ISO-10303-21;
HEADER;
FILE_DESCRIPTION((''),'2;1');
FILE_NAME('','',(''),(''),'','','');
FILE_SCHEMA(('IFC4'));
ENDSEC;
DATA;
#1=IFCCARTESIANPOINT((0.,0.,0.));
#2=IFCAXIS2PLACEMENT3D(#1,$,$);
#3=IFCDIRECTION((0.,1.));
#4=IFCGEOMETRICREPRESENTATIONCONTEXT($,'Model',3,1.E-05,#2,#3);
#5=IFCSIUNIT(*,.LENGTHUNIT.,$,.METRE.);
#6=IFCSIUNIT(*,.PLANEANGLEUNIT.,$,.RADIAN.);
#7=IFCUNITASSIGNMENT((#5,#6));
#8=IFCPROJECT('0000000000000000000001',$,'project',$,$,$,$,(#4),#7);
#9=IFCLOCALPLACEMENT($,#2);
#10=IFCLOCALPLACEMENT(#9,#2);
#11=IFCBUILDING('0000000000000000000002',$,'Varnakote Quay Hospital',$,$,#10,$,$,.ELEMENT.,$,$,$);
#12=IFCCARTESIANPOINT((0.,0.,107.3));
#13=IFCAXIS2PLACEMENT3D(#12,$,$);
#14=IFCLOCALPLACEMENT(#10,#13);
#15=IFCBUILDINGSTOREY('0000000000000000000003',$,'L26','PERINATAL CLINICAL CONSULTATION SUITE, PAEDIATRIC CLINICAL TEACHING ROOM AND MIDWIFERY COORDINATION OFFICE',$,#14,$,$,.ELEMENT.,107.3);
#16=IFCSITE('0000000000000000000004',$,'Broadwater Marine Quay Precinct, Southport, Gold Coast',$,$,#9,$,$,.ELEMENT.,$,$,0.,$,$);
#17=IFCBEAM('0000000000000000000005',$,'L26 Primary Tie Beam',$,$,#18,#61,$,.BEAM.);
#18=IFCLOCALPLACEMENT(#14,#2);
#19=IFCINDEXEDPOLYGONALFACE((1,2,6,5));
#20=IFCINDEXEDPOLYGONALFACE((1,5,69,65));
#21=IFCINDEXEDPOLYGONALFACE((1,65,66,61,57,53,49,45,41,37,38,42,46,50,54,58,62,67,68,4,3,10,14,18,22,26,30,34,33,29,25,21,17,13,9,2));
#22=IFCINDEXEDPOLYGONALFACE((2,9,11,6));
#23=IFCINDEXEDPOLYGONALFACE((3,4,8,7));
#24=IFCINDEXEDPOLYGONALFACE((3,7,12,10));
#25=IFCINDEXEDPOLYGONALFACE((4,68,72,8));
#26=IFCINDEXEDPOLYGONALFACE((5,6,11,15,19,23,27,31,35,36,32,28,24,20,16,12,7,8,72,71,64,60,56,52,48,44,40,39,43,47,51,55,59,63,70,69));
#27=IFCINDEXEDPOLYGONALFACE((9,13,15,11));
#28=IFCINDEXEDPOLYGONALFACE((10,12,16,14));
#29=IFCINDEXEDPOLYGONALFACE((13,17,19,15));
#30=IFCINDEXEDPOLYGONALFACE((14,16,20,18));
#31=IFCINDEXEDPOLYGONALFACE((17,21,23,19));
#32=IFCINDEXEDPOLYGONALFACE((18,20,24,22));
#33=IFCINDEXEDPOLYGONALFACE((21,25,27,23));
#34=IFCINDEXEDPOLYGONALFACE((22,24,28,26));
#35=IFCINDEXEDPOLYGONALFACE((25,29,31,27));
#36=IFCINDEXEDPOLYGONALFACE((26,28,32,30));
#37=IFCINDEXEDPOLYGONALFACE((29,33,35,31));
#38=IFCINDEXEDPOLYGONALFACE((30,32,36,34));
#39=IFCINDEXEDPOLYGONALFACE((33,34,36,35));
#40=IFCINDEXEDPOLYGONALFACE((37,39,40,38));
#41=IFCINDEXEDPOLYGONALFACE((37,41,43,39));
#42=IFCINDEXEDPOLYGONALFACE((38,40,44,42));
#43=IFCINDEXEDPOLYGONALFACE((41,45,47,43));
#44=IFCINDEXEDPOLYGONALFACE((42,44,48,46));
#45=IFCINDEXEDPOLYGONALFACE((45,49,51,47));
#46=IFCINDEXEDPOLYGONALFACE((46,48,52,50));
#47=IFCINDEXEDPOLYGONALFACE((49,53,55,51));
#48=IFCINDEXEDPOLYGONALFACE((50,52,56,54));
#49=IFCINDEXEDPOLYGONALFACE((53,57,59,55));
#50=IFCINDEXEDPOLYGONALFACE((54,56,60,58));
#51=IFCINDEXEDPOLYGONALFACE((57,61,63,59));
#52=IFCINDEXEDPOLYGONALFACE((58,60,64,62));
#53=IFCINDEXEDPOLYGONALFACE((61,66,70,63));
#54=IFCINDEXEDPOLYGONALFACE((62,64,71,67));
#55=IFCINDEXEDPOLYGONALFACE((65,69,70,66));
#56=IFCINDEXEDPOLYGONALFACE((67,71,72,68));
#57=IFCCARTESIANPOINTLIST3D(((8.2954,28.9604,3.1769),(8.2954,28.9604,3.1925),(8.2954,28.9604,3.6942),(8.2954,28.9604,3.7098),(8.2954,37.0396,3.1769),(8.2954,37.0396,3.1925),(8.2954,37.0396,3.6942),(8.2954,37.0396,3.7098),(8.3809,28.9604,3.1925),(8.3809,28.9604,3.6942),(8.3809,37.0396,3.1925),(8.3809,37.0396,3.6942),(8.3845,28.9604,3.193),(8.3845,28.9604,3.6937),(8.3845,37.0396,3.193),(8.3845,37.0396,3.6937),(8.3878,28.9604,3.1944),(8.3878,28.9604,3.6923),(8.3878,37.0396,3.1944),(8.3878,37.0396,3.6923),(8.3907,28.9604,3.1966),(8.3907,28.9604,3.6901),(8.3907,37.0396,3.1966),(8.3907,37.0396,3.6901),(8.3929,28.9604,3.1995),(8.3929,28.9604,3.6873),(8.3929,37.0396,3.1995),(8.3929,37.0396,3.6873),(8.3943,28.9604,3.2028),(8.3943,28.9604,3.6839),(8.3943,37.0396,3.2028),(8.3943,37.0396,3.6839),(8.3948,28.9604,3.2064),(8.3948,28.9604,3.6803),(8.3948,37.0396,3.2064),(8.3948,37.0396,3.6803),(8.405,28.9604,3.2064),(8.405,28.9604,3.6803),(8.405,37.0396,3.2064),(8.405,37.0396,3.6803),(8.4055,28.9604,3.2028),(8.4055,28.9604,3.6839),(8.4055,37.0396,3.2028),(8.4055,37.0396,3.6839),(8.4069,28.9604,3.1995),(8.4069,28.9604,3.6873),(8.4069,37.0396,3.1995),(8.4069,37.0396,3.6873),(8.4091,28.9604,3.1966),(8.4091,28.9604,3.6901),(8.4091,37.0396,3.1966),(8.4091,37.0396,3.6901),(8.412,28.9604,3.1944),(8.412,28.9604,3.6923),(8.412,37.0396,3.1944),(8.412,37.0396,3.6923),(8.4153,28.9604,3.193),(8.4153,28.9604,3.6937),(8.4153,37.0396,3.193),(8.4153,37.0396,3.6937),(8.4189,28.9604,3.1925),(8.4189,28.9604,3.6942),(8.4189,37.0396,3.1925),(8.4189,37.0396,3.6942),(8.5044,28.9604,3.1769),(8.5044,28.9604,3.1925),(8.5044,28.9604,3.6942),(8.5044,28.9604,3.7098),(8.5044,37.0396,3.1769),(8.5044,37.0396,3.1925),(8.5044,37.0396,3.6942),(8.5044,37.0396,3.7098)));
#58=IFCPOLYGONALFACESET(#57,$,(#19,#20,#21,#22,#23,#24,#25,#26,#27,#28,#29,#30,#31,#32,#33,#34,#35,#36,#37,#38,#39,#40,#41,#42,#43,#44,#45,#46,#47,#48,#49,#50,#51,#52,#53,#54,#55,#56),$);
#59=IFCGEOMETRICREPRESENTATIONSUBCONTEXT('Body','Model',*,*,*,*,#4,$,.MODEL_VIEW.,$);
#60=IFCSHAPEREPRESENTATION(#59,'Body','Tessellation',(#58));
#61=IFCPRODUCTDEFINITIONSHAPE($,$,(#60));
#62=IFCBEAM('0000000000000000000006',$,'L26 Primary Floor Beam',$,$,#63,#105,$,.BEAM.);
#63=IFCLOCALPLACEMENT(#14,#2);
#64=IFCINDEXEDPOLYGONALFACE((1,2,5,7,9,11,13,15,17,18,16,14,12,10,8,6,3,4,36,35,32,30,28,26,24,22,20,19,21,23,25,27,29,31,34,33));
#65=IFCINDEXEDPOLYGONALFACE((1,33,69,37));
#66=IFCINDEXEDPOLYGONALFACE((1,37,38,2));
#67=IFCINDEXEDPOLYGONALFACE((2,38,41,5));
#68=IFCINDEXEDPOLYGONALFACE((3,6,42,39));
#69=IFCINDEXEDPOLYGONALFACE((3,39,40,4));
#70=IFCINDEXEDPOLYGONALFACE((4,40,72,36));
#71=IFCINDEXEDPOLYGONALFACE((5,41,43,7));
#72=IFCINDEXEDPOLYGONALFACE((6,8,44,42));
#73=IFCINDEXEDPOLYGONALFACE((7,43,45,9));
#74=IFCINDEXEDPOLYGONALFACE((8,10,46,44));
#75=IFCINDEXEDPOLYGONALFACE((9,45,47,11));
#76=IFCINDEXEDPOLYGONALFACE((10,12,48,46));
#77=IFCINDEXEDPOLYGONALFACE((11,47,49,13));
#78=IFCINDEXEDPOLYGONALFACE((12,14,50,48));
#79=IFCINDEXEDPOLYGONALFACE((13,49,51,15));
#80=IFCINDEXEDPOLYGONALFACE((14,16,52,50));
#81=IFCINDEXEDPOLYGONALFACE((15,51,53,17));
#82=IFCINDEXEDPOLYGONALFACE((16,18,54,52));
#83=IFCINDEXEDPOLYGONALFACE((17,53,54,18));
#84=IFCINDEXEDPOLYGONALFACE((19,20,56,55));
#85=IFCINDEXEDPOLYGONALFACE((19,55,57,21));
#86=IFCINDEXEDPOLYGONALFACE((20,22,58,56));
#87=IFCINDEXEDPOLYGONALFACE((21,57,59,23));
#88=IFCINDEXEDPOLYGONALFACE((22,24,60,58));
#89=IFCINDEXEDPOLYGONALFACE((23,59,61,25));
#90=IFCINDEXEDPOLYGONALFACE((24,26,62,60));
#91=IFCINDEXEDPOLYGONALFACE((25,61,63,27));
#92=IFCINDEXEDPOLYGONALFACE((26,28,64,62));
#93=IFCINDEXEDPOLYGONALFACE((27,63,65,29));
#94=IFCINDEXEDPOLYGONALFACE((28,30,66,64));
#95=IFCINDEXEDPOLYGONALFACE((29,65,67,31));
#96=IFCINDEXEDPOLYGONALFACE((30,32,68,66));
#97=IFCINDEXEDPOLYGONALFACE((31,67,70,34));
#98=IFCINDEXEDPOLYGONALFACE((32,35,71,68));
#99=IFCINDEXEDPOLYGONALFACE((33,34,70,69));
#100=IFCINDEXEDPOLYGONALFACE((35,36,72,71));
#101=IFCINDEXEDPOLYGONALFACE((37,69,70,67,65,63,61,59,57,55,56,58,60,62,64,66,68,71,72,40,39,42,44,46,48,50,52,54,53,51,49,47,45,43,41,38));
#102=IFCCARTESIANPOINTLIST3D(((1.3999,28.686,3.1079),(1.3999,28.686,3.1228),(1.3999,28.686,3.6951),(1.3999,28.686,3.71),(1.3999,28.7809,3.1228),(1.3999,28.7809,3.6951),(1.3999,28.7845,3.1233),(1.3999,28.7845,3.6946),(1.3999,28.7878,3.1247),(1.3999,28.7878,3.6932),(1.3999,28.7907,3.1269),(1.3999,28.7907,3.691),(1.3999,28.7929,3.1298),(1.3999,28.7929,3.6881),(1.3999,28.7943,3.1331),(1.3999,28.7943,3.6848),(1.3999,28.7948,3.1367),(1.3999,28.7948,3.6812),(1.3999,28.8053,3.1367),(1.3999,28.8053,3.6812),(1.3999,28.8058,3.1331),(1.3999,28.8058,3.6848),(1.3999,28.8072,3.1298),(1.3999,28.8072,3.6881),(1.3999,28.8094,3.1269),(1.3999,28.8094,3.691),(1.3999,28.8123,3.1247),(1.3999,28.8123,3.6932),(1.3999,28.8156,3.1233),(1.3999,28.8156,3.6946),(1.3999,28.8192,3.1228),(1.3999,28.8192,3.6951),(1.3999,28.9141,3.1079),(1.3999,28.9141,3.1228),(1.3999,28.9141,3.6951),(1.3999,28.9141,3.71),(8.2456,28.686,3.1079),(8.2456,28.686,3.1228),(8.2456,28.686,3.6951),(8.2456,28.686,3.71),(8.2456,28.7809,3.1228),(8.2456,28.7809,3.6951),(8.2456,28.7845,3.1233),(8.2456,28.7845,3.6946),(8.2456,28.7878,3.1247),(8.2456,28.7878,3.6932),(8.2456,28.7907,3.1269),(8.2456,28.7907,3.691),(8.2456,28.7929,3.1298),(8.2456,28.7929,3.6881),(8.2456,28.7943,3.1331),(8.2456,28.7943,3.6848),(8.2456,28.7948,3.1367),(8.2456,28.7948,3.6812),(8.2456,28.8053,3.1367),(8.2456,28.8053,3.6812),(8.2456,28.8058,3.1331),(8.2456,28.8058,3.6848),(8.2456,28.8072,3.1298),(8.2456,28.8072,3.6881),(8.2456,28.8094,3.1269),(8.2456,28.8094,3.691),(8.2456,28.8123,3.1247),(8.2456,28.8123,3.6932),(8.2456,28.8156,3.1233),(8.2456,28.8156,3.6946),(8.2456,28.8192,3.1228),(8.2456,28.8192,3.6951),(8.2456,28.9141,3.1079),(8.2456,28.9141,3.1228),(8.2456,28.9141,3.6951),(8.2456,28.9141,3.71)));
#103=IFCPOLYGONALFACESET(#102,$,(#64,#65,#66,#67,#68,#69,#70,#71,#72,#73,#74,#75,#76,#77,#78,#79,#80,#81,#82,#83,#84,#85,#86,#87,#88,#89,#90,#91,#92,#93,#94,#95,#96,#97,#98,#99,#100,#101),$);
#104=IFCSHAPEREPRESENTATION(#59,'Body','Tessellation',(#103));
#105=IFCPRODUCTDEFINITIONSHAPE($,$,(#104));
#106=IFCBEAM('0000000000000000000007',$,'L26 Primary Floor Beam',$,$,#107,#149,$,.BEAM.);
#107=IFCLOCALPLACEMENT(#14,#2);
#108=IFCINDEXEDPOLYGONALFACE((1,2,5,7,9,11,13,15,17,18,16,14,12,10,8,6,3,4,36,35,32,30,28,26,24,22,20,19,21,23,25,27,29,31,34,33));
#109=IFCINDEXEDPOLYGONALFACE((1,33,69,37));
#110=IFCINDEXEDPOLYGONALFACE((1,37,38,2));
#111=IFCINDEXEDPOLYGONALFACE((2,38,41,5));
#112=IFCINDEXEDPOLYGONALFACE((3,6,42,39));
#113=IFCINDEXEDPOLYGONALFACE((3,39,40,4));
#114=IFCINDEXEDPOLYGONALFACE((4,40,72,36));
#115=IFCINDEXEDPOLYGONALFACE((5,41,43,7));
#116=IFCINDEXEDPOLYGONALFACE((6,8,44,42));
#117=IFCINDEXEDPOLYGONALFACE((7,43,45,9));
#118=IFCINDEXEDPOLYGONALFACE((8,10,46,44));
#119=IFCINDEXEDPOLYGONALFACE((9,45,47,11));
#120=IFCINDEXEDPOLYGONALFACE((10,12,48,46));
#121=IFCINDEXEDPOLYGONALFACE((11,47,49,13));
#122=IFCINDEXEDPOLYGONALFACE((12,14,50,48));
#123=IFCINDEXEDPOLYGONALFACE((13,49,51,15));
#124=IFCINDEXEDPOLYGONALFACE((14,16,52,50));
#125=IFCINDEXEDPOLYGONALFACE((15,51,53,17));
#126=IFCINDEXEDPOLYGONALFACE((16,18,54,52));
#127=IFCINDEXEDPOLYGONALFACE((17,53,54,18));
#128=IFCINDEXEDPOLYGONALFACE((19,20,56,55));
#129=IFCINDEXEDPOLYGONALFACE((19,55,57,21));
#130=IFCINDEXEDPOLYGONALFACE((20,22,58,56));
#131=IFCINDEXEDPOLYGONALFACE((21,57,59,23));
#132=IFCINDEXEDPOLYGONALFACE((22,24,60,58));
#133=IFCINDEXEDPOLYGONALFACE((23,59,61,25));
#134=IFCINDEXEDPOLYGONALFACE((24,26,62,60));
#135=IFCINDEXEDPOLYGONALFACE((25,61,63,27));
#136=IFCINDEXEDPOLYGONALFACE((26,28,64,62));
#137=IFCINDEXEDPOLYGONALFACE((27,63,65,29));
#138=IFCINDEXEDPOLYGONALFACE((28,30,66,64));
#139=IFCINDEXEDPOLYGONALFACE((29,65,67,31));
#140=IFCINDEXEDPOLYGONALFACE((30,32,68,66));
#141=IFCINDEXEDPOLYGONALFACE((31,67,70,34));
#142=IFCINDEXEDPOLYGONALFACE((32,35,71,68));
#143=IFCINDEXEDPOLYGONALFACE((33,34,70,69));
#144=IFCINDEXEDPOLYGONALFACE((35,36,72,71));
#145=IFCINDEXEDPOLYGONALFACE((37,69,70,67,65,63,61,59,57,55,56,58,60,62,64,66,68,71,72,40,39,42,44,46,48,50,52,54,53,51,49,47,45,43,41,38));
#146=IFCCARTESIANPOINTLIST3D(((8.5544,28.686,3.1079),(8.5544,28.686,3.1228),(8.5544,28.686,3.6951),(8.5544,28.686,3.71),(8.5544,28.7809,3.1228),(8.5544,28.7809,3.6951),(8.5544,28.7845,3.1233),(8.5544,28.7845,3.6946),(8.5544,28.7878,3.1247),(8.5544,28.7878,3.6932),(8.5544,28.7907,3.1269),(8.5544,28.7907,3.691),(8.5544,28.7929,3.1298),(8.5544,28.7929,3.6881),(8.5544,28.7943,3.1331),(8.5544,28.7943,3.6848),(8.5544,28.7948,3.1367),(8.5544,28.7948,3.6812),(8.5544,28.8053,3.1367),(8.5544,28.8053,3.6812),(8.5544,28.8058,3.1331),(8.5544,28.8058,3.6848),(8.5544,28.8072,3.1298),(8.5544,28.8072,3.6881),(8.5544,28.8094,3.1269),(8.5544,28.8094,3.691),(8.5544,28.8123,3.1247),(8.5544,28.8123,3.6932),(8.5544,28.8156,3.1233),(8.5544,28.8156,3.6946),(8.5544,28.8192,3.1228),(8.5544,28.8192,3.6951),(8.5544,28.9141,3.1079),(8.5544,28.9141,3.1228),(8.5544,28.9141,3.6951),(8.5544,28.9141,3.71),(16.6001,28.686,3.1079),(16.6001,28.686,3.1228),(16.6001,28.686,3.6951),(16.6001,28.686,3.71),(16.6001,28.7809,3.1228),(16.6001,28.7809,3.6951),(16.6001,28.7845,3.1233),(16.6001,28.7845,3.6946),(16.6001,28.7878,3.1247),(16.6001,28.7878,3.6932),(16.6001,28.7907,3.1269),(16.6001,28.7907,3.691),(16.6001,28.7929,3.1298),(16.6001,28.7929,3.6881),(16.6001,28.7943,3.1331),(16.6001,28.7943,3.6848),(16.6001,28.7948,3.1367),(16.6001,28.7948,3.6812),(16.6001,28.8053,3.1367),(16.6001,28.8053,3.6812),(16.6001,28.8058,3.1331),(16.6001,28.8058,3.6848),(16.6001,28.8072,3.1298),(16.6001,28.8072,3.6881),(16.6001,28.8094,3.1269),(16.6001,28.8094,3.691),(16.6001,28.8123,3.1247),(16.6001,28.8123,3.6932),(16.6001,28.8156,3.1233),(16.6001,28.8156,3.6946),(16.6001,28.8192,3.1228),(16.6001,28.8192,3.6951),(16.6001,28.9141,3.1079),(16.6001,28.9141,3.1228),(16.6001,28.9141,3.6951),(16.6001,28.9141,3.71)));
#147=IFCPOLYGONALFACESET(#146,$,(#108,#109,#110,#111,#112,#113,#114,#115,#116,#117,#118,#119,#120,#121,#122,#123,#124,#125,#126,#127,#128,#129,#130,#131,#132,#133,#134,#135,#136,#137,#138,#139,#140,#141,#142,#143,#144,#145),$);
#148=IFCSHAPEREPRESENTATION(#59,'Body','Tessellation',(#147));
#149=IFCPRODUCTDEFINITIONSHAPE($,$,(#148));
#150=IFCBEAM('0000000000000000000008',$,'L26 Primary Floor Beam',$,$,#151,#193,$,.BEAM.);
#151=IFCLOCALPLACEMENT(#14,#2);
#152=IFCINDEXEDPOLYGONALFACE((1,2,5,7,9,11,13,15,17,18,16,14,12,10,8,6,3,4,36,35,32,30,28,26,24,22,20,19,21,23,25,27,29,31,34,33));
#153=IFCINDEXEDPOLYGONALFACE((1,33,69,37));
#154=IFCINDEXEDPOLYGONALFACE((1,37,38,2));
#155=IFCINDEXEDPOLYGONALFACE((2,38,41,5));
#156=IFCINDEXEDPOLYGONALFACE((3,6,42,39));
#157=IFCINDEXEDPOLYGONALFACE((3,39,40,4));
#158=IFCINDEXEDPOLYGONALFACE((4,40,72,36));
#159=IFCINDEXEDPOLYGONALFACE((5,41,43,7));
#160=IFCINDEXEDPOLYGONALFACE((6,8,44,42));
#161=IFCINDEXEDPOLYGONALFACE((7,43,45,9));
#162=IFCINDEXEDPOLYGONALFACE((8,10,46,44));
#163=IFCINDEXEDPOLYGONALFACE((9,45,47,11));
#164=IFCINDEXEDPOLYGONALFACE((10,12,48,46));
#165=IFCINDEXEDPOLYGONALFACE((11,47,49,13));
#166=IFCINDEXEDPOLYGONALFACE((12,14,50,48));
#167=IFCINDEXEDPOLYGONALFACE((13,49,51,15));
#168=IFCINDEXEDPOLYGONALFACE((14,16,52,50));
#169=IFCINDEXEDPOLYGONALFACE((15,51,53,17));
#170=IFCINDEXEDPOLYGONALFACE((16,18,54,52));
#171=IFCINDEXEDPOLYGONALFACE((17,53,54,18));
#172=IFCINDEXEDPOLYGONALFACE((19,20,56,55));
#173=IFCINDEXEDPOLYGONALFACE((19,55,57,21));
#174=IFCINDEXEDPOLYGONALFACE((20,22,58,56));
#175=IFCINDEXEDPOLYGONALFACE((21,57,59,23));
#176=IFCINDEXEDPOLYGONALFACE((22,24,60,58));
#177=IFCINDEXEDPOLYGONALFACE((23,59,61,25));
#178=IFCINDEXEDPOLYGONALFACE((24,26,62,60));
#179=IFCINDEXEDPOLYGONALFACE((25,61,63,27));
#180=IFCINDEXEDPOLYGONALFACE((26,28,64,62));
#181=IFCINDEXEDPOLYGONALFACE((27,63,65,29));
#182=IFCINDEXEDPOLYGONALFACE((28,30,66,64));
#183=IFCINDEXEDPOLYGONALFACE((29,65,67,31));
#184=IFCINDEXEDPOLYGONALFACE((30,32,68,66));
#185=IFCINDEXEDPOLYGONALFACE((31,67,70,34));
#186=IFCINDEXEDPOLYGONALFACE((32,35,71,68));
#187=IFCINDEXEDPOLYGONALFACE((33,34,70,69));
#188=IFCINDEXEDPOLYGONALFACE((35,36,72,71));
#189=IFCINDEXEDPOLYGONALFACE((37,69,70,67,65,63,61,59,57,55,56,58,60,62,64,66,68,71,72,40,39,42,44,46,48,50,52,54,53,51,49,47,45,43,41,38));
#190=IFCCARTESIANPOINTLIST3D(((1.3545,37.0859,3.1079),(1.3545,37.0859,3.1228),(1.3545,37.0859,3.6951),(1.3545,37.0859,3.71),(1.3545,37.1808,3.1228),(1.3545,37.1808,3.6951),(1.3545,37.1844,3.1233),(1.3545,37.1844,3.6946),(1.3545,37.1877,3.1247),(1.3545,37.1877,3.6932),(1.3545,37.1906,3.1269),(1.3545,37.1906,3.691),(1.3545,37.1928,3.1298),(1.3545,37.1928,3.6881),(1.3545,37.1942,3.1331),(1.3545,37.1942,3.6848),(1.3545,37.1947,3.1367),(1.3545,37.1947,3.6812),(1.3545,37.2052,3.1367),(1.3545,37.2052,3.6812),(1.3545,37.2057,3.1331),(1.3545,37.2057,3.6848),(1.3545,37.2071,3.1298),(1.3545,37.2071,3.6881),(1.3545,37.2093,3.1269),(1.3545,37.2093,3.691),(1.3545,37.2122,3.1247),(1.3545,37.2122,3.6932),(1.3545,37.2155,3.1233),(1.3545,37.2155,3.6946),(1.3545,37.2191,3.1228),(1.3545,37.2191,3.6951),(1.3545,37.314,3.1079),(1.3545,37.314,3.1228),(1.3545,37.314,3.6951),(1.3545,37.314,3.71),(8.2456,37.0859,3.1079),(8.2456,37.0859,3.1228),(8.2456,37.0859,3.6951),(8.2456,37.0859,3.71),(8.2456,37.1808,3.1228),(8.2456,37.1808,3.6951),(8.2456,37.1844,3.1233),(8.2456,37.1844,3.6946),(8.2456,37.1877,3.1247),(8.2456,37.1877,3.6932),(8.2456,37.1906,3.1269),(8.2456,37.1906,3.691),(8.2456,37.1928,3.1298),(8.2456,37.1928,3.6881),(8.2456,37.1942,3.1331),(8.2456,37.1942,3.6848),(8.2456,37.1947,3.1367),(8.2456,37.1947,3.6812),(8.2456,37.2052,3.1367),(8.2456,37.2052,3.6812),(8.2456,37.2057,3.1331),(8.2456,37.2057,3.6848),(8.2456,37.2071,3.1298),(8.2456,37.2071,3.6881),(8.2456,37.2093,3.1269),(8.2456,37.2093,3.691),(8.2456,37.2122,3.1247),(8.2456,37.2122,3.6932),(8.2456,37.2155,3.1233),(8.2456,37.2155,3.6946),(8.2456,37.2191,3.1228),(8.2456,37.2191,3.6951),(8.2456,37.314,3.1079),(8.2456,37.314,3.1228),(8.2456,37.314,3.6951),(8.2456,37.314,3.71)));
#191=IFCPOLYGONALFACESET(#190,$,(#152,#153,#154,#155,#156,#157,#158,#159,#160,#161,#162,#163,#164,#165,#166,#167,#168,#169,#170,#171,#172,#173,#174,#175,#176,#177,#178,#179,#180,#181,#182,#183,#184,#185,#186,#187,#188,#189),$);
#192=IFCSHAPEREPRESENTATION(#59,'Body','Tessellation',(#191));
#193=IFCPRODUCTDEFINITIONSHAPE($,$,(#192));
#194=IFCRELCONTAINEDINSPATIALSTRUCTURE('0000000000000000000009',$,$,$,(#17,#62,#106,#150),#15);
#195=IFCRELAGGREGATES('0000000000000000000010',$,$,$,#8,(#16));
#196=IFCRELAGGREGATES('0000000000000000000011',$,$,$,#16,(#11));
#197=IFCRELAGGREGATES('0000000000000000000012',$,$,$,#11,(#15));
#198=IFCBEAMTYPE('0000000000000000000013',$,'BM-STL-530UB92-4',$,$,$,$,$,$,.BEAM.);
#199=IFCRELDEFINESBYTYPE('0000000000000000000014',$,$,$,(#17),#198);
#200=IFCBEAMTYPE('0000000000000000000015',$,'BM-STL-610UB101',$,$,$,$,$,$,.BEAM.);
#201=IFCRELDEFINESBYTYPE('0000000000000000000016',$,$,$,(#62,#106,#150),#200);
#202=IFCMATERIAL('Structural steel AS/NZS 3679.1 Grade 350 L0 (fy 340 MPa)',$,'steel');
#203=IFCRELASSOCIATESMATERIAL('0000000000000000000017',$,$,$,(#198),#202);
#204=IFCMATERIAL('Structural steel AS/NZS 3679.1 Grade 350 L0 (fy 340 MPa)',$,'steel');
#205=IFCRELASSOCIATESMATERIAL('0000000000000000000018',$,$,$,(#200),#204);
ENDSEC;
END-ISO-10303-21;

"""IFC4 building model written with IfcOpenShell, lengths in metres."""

from ifc_helpers import new_model, si_unit, direction, frame, origin, origin_2d, place, context, subcontext, project, spatial, i_section, extrude, material, material_profile, profile_set, type_object, element, save


model = new_model("IFC4")

# Units and contexts
model_context = context("Model", 3, precision=1e-05, world=origin(), true_north=direction((0.0, 1.0)))
body_context = subcontext(model_context, "Body", "Model", "MODEL_VIEW")
ifc_project = project(units=[si_unit("LENGTHUNIT", "METRE"), si_unit("PLANEANGLEUNIT", "RADIAN")], contexts=[model_context])

# Site, building, storey
site_placement = place(None, origin())
site = spatial("IfcSite", under=ifc_project, at=site_placement, Name="Broadwater Marine Quay Precinct, Southport, Gold Coast", CompositionType="ELEMENT", RefElevation=0.0)
building_placement = place(site_placement, origin())
building = spatial("IfcBuilding", under=site, at=building_placement, Name="Varnakote Quay Hospital", CompositionType="ELEMENT")
storey_placement = place(building_placement, frame((0.0, 0.0, 107.3)))
storey = spatial("IfcBuildingStorey", under=building, at=storey_placement, Name="L26", Description="PERINATAL CLINICAL CONSULTATION SUITE, PAEDIATRIC CLINICAL TEACHING ROOM AND MIDWIFERY COORDINATION OFFICE", CompositionType="ELEMENT", Elevation=107.3)

# Beams
ifc_material_1 = material(Name="Structural steel AS/NZS 3679.1 Grade 350 L0 (fy 340 MPa)", Category="steel")
ifc_material_profile_1 = material_profile(ifc_material_1, i_section(OverallWidth=0.209, OverallDepth=0.533, WebThickness=0.0103, FlangeThickness=0.0156, FilletRadius=0.0139, at=origin_2d()), Name="530UB92.4")
ifc_profile_set_1 = profile_set([ifc_material_profile_1], Name="Structural steel AS/NZS 3679.1 Grade 350 L0 (fy 340 MPa)")
beam_type_1 = type_object("IfcBeamType", Name="BM-STL-530UB92-4", PredefinedType="BEAM", material=ifc_profile_set_1)
beam_1_placement = place(storey_placement, frame((8.3999, 28.9604, 3.4434), z_axis=(0.0, 1.0, 0.0), x_axis=(-1.0, 0.0, 0.0)))
element("IfcBeam", 1, at=beam_1_placement, inside=storey, type_object=beam_type_1, Name="L26 Primary Tie Beam", PredefinedType="BEAM", context=body_context, shape_type="SweptSolid", body=[
    extrude(i_section(OverallWidth=0.209, OverallDepth=0.533, WebThickness=0.0103, FlangeThickness=0.0156, FilletRadius=0.0139, at=origin_2d()), origin(), (0.0, 0.0, 1.0), 8.0791),
])
ifc_material_2 = material(Name="Structural steel AS/NZS 3679.1 Grade 350 L0 (fy 340 MPa)", Category="steel")
ifc_material_profile_2 = material_profile(ifc_material_2, i_section(OverallWidth=0.228, OverallDepth=0.6021, WebThickness=0.0105, FlangeThickness=0.0149, FilletRadius=0.0139, at=origin_2d()), Name="610UB101")
ifc_profile_set_2 = profile_set([ifc_material_profile_2], Name="Structural steel AS/NZS 3679.1 Grade 350 L0 (fy 340 MPa)")
beam_type_2 = type_object("IfcBeamType", Name="BM-STL-610UB101", PredefinedType="BEAM", material=ifc_profile_set_2)
beam_2_placement = place(storey_placement, frame((1.3999, 28.8, 3.4089), z_axis=(1.0, 0.0, 0.0), x_axis=(0.0, 1.0, 0.0)))
element("IfcBeam", 2, at=beam_2_placement, inside=storey, type_object=beam_type_2, Name="L26 Primary Floor Beam", PredefinedType="BEAM", context=body_context, shape_type="SweptSolid", body=[
    extrude(i_section(OverallWidth=0.228, OverallDepth=0.6021, WebThickness=0.0105, FlangeThickness=0.0149, FilletRadius=0.0139, at=origin_2d()), origin(), (0.0, 0.0, 1.0), 6.8457),
])
beam_3_placement = place(storey_placement, frame((8.5544, 28.8, 3.4089), z_axis=(1.0, 0.0, 0.0), x_axis=(0.0, 1.0, 0.0)))
element("IfcBeam", 3, at=beam_3_placement, inside=storey, type_object=beam_type_2, Name="L26 Primary Floor Beam", PredefinedType="BEAM", context=body_context, shape_type="SweptSolid", body=[
    extrude(i_section(OverallWidth=0.228, OverallDepth=0.6021, WebThickness=0.0105, FlangeThickness=0.0149, FilletRadius=0.0139, at=origin_2d()), origin(), (0.0, 0.0, 1.0), 8.0457),
])
beam_4_placement = place(storey_placement, frame((1.3545, 37.2, 3.4089), z_axis=(1.0, 0.0, 0.0), x_axis=(0.0, 1.0, 0.0)))
element("IfcBeam", 4, at=beam_4_placement, inside=storey, type_object=beam_type_2, Name="L26 Primary Floor Beam", PredefinedType="BEAM", context=body_context, shape_type="SweptSolid", body=[
    extrude(i_section(OverallWidth=0.228, OverallDepth=0.6021, WebThickness=0.0105, FlangeThickness=0.0149, FilletRadius=0.0139, at=origin_2d()), origin(), (0.0, 0.0, 1.0), 6.8911),
])

save(model, "model.ifc")
